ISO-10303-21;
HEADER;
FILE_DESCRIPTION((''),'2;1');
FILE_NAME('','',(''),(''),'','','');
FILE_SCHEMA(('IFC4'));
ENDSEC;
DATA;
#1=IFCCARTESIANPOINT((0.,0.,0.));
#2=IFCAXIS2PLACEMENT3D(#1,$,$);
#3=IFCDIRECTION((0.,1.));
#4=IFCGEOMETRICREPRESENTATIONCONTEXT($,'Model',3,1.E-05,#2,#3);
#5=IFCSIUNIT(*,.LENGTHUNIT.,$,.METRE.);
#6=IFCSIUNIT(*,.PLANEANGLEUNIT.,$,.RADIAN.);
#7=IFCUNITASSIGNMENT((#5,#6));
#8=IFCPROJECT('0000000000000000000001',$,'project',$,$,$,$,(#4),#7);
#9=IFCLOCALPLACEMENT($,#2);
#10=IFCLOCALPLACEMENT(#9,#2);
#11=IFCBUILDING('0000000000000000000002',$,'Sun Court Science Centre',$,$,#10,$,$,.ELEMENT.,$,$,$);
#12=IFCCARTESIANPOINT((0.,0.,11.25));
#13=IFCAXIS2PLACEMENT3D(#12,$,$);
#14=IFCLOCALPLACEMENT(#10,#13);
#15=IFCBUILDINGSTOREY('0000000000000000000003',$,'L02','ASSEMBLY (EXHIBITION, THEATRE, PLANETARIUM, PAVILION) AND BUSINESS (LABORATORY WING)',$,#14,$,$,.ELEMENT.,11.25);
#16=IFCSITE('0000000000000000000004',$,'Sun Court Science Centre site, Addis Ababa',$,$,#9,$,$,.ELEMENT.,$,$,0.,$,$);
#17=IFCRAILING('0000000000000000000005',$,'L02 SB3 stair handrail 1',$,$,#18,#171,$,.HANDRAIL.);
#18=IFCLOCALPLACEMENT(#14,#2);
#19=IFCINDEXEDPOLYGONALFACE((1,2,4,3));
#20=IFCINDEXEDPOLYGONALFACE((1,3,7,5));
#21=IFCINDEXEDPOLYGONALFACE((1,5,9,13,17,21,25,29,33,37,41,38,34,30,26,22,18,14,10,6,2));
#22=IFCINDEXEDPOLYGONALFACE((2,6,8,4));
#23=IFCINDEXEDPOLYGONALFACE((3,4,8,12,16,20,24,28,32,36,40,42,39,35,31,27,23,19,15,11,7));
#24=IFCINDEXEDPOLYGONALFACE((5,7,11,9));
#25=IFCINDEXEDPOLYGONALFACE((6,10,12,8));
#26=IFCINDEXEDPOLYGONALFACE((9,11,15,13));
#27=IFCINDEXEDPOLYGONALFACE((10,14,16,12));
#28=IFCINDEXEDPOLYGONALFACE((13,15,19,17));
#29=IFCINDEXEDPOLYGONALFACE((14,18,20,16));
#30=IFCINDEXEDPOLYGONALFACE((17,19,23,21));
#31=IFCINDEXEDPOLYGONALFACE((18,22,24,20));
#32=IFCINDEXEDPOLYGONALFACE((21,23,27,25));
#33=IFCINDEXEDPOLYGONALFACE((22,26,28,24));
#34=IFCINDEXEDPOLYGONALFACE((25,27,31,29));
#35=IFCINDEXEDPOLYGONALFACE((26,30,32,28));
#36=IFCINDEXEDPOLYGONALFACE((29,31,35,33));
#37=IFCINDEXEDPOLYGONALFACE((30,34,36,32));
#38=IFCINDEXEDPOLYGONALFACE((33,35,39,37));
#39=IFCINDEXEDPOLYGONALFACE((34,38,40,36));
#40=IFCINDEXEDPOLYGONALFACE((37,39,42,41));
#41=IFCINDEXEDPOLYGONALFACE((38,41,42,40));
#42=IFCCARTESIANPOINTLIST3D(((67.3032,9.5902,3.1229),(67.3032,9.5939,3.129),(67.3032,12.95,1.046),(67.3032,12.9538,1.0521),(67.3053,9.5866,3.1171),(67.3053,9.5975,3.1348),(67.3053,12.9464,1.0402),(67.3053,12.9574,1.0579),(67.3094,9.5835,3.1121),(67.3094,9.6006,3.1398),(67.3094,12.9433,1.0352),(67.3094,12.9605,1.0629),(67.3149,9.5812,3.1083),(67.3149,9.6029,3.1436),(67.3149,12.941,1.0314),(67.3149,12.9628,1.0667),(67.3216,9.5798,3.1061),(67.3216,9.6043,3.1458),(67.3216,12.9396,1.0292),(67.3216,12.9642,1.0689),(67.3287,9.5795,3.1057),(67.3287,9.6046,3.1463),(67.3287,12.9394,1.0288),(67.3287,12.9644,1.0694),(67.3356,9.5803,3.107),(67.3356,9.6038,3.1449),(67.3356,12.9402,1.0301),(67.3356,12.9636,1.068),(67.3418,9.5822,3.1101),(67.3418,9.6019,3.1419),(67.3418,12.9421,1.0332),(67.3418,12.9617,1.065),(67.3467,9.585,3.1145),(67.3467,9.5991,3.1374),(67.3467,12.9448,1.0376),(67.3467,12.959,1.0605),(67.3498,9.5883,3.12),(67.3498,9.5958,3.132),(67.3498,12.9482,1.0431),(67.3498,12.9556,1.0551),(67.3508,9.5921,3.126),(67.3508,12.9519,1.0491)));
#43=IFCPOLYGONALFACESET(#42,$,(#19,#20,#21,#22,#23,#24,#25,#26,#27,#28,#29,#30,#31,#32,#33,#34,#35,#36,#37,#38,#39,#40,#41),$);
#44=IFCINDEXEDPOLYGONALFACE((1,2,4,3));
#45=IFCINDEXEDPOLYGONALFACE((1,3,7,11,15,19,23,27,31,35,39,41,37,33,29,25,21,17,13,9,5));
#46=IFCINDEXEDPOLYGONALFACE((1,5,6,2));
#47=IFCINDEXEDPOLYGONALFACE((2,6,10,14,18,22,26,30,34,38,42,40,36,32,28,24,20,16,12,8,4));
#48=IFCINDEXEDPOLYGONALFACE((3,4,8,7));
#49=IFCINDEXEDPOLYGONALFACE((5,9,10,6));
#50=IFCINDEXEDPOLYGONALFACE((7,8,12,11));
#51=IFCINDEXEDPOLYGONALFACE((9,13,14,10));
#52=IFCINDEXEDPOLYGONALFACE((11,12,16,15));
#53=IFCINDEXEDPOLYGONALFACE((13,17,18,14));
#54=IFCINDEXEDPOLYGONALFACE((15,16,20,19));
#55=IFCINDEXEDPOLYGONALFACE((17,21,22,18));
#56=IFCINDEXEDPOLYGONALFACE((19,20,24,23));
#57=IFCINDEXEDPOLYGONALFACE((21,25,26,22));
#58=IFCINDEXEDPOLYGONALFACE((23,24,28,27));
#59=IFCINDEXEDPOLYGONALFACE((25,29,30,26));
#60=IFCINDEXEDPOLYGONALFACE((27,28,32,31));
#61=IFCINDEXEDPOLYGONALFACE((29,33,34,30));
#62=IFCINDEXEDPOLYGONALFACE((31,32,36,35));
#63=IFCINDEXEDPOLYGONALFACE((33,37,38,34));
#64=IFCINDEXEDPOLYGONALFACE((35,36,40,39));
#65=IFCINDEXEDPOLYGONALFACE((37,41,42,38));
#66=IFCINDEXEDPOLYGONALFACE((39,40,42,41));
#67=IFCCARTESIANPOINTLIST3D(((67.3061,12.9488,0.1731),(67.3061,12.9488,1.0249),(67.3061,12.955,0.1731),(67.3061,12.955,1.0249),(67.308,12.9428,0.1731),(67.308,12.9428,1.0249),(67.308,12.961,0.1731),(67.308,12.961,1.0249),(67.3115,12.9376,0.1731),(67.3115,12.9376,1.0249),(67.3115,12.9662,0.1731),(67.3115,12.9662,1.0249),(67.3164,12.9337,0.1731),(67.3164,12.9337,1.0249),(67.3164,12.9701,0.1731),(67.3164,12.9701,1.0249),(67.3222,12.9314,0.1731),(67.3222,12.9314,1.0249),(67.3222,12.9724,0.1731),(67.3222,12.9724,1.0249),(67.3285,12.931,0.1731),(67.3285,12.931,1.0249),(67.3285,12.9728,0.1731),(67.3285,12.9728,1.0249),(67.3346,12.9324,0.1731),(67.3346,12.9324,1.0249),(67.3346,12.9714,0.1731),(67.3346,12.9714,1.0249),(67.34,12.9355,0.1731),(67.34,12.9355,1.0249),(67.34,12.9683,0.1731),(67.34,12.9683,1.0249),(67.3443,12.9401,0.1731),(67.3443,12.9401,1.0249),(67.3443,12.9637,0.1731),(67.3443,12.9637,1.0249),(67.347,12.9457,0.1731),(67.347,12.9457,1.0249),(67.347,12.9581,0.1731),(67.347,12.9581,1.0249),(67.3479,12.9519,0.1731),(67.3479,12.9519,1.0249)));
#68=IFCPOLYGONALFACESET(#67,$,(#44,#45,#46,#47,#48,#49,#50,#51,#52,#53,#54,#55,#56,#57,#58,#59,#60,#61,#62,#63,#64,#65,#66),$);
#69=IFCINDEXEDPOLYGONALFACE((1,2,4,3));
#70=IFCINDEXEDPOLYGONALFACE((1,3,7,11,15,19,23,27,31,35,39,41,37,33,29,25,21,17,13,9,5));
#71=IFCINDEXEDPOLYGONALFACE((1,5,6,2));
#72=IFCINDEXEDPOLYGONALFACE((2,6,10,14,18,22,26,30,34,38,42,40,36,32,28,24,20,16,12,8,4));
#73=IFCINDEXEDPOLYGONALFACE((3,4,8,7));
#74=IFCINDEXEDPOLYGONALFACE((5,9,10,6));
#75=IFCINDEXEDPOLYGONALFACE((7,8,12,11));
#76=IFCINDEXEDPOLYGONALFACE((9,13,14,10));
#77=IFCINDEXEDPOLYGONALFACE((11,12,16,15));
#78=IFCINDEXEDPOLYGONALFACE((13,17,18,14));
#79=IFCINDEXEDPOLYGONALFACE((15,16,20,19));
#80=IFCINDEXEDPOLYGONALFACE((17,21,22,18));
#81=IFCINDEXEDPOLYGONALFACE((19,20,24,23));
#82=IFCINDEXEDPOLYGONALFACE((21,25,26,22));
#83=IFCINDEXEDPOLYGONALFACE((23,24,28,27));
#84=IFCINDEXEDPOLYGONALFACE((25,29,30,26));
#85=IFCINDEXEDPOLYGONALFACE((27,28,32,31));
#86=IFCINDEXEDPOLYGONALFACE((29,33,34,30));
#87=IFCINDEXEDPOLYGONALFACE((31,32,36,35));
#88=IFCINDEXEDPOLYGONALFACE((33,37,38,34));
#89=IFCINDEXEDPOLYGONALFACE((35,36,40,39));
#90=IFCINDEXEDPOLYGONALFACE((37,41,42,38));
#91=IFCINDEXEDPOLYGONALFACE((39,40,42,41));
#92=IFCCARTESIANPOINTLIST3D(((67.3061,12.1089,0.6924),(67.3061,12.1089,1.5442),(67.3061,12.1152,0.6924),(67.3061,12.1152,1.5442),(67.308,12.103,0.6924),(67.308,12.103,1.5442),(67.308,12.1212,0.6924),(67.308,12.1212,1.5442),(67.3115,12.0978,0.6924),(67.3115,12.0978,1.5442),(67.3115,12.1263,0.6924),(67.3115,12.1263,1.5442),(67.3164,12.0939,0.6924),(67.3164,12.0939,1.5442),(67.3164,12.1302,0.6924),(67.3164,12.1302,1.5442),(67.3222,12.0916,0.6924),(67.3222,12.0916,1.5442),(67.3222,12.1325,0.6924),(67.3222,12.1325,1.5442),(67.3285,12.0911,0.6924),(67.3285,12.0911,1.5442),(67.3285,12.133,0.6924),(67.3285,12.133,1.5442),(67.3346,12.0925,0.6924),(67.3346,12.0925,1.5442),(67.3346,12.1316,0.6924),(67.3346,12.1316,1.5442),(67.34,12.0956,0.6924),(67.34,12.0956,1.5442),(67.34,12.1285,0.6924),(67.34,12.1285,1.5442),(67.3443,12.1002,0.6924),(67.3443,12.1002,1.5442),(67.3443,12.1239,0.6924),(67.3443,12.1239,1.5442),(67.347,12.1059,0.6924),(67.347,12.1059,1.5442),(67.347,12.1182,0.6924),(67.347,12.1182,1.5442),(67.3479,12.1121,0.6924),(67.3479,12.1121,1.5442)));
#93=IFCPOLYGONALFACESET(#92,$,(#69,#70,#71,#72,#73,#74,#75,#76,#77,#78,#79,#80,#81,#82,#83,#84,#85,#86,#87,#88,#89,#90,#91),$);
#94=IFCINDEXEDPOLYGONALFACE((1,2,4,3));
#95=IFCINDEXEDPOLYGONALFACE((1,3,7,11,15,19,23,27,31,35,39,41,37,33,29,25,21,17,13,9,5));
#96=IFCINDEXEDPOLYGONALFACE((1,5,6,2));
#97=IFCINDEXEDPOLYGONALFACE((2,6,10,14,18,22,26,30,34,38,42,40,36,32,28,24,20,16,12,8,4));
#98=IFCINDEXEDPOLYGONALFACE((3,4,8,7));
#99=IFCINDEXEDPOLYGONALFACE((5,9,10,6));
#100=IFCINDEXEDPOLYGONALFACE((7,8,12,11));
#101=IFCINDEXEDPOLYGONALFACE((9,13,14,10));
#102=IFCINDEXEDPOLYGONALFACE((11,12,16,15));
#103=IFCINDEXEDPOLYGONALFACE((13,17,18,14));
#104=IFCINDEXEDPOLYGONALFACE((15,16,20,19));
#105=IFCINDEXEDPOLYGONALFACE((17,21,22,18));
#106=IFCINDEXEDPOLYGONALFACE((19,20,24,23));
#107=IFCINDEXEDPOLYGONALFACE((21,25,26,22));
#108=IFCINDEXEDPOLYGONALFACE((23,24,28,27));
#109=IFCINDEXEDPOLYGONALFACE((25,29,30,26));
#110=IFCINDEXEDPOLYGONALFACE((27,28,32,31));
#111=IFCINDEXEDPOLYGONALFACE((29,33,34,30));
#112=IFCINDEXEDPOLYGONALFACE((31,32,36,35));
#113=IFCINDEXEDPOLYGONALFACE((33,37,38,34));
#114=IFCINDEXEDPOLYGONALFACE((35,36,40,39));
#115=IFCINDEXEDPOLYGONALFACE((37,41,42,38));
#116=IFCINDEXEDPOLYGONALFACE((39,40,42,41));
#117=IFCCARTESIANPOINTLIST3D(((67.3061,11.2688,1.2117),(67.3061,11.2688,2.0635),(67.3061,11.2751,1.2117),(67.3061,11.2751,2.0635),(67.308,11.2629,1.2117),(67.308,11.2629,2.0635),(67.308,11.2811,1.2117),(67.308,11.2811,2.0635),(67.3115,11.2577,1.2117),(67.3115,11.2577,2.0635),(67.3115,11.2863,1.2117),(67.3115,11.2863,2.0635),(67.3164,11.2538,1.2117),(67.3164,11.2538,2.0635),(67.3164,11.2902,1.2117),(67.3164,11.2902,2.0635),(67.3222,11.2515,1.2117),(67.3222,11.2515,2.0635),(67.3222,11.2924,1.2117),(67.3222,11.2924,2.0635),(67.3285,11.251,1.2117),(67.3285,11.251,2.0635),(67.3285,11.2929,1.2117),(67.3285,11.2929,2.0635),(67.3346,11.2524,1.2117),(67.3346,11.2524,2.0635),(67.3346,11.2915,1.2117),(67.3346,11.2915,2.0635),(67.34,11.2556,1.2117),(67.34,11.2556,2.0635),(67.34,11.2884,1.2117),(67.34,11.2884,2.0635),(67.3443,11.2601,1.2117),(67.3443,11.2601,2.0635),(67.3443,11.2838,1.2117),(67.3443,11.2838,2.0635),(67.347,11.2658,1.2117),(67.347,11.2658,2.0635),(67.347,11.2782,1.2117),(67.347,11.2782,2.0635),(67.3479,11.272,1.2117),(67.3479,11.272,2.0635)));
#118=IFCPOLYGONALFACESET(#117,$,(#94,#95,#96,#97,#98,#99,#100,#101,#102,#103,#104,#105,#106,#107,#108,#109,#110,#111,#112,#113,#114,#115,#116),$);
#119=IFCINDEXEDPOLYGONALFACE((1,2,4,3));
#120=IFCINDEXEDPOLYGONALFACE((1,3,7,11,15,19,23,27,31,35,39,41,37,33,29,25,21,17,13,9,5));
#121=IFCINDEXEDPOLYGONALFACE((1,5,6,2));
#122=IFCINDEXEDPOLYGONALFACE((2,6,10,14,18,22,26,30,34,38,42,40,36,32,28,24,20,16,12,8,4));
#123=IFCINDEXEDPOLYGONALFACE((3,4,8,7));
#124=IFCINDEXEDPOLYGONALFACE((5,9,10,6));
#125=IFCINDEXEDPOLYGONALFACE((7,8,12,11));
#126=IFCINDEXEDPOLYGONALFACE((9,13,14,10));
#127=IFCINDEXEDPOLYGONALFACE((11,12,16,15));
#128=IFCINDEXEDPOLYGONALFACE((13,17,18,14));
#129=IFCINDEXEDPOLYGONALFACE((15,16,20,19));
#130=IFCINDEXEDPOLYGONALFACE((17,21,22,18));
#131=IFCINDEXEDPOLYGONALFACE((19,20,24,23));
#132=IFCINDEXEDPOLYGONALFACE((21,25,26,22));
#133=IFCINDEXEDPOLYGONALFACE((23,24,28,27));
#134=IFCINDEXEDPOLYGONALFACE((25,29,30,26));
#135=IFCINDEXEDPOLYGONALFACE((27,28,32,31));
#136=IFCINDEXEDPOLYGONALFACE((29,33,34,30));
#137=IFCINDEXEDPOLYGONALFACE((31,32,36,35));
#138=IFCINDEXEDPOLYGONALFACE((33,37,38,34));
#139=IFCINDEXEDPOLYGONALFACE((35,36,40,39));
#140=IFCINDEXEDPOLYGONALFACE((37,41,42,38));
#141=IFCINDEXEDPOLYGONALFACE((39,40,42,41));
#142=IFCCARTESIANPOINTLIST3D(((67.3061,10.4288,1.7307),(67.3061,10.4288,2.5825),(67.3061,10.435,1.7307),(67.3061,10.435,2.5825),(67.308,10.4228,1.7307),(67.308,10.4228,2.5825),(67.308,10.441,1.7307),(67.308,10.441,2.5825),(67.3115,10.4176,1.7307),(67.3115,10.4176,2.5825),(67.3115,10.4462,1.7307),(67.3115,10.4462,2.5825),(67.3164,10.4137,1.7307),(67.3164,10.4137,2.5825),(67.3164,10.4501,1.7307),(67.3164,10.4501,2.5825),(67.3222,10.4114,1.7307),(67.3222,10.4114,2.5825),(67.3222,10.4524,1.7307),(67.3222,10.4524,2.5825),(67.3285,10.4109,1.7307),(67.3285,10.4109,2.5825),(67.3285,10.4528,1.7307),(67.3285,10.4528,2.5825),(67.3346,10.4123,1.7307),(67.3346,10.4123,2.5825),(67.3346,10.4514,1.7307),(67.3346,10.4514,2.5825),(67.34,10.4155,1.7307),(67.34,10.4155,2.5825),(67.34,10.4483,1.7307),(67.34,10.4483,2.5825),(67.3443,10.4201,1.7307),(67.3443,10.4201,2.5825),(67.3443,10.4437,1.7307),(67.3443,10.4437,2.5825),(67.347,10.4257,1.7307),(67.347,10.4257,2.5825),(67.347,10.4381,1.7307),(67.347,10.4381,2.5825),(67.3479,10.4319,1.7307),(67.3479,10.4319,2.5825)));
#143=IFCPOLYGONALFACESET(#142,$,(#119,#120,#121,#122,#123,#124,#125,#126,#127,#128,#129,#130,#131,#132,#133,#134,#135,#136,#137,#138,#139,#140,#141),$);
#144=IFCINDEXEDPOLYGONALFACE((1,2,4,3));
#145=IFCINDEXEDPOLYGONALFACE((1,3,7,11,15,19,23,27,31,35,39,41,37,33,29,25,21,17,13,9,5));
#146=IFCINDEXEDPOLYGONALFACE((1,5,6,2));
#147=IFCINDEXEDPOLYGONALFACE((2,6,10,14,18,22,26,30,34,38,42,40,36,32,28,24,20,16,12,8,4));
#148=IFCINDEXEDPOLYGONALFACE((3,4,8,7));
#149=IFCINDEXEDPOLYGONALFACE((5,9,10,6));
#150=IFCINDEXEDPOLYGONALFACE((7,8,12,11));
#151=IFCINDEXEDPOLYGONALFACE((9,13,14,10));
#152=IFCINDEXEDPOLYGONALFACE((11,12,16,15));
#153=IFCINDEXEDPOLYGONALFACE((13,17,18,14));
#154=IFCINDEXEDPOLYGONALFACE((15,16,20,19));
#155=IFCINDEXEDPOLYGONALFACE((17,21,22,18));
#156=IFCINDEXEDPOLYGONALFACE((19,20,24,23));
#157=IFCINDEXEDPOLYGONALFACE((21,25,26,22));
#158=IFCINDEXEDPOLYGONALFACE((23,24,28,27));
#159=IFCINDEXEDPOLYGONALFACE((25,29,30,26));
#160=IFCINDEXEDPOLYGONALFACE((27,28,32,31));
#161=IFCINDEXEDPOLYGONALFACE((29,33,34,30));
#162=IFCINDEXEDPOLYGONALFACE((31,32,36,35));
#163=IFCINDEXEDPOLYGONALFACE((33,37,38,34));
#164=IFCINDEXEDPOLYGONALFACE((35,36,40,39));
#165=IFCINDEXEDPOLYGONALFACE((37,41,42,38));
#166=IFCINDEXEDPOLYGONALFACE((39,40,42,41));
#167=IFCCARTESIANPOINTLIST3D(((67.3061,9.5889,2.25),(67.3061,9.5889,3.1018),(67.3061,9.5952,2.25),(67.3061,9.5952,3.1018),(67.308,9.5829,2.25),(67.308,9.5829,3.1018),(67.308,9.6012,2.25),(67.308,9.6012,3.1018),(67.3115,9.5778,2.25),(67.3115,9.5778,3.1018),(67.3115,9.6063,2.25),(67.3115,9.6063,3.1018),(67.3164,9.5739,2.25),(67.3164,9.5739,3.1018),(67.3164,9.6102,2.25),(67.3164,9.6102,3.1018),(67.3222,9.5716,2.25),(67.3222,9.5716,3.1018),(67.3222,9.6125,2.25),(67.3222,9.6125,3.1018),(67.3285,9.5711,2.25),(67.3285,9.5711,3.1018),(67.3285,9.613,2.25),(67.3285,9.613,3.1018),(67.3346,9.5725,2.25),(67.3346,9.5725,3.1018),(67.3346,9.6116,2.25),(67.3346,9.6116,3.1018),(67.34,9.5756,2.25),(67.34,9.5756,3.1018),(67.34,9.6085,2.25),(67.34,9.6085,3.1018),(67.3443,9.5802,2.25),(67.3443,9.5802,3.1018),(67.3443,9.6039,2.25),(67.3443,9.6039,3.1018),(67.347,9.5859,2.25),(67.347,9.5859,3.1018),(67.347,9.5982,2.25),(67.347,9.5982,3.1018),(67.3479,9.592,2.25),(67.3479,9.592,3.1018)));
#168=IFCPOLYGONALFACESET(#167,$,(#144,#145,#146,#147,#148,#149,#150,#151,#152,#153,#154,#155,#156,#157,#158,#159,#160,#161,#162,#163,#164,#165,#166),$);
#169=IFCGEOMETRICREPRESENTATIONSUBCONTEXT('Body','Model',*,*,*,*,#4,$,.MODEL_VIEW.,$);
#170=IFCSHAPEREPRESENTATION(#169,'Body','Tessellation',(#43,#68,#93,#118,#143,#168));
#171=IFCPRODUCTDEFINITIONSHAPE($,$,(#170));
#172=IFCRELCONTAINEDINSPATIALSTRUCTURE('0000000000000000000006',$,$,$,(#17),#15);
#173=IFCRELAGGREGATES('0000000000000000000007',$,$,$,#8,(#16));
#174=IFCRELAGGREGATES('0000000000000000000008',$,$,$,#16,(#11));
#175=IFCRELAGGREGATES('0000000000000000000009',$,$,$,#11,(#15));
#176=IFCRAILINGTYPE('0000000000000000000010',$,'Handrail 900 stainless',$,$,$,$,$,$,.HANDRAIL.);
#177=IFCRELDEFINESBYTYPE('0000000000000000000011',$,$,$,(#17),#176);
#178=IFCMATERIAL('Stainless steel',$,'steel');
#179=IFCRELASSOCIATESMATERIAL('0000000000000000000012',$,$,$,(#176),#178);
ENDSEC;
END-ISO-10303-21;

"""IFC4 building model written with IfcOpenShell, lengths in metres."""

from ifc_helpers import new_model, si_unit, direction, frame, origin, origin_2d, place, context, subcontext, project, spatial, circle, extrude, material, type_object, element, save


model = new_model("IFC4")

# Units and contexts
model_context = context("Model", 3, precision=1e-05, world=origin(), true_north=direction((0.0, 1.0)))
body_context = subcontext(model_context, "Body", "Model", "MODEL_VIEW")
ifc_project = project(units=[si_unit("LENGTHUNIT", "METRE"), si_unit("PLANEANGLEUNIT", "RADIAN")], contexts=[model_context])

# Site, building, storey
site_placement = place(None, origin())
site = spatial("IfcSite", under=ifc_project, at=site_placement, Name="Sun Court Science Centre site, Addis Ababa", CompositionType="ELEMENT", RefElevation=0.0)
building_placement = place(site_placement, origin())
building = spatial("IfcBuilding", under=site, at=building_placement, Name="Sun Court Science Centre", CompositionType="ELEMENT")
storey_placement = place(building_placement, frame((0.0, 0.0, 11.25)))
storey = spatial("IfcBuildingStorey", under=building, at=storey_placement, Name="L02", Description="ASSEMBLY (EXHIBITION, THEATRE, PLANETARIUM, PAVILION) AND BUSINESS (LABORATORY WING)", CompositionType="ELEMENT", Elevation=11.25)

# Railing
ifc_material_1 = material(Name="Stainless steel", Category="steel")
railing_type_1 = type_object("IfcRailingType", Name="Handrail 900 stainless", PredefinedType="HANDRAIL", material=ifc_material_1)
railing_1_placement = place(storey_placement, frame((67.3269, 12.9519, 0.1731)))
element("IfcRailing", 1, at=railing_1_placement, inside=storey, type_object=railing_type_1, Name="L02 SB3 stair handrail 1", PredefinedType="HANDRAIL", context=body_context, shape_type="SweptSolid", body=[
    extrude(circle(Radius=0.0239, at=origin_2d()), frame((0.0, 0.0, 0.876), z_axis=(0.0, -0.850606, 0.525803), x_axis=(1.0, 0.0, 0.0)), (0.0, 0.0, 1.0), 3.95),
    extrude(circle(Radius=0.021, at=origin_2d()), origin(), (0.0, 0.0, 1.0), 0.8518),
    extrude(circle(Radius=0.021, at=origin_2d()), frame((0.0, -0.8398, 0.5193)), (0.0, 0.0, 1.0), 0.8518),
    extrude(circle(Radius=0.021, at=origin_2d()), frame((0.0, -1.6799, 1.0386)), (0.0, 0.0, 1.0), 0.8518),
    extrude(circle(Radius=0.021, at=origin_2d()), frame((0.0, -2.52, 1.5576)), (0.0, 0.0, 1.0), 0.8518),
    extrude(circle(Radius=0.021, at=origin_2d()), frame((0.0, -3.3599, 2.0769)), (0.0, 0.0, 1.0), 0.8518),
])

save(model, "model.ifc")
